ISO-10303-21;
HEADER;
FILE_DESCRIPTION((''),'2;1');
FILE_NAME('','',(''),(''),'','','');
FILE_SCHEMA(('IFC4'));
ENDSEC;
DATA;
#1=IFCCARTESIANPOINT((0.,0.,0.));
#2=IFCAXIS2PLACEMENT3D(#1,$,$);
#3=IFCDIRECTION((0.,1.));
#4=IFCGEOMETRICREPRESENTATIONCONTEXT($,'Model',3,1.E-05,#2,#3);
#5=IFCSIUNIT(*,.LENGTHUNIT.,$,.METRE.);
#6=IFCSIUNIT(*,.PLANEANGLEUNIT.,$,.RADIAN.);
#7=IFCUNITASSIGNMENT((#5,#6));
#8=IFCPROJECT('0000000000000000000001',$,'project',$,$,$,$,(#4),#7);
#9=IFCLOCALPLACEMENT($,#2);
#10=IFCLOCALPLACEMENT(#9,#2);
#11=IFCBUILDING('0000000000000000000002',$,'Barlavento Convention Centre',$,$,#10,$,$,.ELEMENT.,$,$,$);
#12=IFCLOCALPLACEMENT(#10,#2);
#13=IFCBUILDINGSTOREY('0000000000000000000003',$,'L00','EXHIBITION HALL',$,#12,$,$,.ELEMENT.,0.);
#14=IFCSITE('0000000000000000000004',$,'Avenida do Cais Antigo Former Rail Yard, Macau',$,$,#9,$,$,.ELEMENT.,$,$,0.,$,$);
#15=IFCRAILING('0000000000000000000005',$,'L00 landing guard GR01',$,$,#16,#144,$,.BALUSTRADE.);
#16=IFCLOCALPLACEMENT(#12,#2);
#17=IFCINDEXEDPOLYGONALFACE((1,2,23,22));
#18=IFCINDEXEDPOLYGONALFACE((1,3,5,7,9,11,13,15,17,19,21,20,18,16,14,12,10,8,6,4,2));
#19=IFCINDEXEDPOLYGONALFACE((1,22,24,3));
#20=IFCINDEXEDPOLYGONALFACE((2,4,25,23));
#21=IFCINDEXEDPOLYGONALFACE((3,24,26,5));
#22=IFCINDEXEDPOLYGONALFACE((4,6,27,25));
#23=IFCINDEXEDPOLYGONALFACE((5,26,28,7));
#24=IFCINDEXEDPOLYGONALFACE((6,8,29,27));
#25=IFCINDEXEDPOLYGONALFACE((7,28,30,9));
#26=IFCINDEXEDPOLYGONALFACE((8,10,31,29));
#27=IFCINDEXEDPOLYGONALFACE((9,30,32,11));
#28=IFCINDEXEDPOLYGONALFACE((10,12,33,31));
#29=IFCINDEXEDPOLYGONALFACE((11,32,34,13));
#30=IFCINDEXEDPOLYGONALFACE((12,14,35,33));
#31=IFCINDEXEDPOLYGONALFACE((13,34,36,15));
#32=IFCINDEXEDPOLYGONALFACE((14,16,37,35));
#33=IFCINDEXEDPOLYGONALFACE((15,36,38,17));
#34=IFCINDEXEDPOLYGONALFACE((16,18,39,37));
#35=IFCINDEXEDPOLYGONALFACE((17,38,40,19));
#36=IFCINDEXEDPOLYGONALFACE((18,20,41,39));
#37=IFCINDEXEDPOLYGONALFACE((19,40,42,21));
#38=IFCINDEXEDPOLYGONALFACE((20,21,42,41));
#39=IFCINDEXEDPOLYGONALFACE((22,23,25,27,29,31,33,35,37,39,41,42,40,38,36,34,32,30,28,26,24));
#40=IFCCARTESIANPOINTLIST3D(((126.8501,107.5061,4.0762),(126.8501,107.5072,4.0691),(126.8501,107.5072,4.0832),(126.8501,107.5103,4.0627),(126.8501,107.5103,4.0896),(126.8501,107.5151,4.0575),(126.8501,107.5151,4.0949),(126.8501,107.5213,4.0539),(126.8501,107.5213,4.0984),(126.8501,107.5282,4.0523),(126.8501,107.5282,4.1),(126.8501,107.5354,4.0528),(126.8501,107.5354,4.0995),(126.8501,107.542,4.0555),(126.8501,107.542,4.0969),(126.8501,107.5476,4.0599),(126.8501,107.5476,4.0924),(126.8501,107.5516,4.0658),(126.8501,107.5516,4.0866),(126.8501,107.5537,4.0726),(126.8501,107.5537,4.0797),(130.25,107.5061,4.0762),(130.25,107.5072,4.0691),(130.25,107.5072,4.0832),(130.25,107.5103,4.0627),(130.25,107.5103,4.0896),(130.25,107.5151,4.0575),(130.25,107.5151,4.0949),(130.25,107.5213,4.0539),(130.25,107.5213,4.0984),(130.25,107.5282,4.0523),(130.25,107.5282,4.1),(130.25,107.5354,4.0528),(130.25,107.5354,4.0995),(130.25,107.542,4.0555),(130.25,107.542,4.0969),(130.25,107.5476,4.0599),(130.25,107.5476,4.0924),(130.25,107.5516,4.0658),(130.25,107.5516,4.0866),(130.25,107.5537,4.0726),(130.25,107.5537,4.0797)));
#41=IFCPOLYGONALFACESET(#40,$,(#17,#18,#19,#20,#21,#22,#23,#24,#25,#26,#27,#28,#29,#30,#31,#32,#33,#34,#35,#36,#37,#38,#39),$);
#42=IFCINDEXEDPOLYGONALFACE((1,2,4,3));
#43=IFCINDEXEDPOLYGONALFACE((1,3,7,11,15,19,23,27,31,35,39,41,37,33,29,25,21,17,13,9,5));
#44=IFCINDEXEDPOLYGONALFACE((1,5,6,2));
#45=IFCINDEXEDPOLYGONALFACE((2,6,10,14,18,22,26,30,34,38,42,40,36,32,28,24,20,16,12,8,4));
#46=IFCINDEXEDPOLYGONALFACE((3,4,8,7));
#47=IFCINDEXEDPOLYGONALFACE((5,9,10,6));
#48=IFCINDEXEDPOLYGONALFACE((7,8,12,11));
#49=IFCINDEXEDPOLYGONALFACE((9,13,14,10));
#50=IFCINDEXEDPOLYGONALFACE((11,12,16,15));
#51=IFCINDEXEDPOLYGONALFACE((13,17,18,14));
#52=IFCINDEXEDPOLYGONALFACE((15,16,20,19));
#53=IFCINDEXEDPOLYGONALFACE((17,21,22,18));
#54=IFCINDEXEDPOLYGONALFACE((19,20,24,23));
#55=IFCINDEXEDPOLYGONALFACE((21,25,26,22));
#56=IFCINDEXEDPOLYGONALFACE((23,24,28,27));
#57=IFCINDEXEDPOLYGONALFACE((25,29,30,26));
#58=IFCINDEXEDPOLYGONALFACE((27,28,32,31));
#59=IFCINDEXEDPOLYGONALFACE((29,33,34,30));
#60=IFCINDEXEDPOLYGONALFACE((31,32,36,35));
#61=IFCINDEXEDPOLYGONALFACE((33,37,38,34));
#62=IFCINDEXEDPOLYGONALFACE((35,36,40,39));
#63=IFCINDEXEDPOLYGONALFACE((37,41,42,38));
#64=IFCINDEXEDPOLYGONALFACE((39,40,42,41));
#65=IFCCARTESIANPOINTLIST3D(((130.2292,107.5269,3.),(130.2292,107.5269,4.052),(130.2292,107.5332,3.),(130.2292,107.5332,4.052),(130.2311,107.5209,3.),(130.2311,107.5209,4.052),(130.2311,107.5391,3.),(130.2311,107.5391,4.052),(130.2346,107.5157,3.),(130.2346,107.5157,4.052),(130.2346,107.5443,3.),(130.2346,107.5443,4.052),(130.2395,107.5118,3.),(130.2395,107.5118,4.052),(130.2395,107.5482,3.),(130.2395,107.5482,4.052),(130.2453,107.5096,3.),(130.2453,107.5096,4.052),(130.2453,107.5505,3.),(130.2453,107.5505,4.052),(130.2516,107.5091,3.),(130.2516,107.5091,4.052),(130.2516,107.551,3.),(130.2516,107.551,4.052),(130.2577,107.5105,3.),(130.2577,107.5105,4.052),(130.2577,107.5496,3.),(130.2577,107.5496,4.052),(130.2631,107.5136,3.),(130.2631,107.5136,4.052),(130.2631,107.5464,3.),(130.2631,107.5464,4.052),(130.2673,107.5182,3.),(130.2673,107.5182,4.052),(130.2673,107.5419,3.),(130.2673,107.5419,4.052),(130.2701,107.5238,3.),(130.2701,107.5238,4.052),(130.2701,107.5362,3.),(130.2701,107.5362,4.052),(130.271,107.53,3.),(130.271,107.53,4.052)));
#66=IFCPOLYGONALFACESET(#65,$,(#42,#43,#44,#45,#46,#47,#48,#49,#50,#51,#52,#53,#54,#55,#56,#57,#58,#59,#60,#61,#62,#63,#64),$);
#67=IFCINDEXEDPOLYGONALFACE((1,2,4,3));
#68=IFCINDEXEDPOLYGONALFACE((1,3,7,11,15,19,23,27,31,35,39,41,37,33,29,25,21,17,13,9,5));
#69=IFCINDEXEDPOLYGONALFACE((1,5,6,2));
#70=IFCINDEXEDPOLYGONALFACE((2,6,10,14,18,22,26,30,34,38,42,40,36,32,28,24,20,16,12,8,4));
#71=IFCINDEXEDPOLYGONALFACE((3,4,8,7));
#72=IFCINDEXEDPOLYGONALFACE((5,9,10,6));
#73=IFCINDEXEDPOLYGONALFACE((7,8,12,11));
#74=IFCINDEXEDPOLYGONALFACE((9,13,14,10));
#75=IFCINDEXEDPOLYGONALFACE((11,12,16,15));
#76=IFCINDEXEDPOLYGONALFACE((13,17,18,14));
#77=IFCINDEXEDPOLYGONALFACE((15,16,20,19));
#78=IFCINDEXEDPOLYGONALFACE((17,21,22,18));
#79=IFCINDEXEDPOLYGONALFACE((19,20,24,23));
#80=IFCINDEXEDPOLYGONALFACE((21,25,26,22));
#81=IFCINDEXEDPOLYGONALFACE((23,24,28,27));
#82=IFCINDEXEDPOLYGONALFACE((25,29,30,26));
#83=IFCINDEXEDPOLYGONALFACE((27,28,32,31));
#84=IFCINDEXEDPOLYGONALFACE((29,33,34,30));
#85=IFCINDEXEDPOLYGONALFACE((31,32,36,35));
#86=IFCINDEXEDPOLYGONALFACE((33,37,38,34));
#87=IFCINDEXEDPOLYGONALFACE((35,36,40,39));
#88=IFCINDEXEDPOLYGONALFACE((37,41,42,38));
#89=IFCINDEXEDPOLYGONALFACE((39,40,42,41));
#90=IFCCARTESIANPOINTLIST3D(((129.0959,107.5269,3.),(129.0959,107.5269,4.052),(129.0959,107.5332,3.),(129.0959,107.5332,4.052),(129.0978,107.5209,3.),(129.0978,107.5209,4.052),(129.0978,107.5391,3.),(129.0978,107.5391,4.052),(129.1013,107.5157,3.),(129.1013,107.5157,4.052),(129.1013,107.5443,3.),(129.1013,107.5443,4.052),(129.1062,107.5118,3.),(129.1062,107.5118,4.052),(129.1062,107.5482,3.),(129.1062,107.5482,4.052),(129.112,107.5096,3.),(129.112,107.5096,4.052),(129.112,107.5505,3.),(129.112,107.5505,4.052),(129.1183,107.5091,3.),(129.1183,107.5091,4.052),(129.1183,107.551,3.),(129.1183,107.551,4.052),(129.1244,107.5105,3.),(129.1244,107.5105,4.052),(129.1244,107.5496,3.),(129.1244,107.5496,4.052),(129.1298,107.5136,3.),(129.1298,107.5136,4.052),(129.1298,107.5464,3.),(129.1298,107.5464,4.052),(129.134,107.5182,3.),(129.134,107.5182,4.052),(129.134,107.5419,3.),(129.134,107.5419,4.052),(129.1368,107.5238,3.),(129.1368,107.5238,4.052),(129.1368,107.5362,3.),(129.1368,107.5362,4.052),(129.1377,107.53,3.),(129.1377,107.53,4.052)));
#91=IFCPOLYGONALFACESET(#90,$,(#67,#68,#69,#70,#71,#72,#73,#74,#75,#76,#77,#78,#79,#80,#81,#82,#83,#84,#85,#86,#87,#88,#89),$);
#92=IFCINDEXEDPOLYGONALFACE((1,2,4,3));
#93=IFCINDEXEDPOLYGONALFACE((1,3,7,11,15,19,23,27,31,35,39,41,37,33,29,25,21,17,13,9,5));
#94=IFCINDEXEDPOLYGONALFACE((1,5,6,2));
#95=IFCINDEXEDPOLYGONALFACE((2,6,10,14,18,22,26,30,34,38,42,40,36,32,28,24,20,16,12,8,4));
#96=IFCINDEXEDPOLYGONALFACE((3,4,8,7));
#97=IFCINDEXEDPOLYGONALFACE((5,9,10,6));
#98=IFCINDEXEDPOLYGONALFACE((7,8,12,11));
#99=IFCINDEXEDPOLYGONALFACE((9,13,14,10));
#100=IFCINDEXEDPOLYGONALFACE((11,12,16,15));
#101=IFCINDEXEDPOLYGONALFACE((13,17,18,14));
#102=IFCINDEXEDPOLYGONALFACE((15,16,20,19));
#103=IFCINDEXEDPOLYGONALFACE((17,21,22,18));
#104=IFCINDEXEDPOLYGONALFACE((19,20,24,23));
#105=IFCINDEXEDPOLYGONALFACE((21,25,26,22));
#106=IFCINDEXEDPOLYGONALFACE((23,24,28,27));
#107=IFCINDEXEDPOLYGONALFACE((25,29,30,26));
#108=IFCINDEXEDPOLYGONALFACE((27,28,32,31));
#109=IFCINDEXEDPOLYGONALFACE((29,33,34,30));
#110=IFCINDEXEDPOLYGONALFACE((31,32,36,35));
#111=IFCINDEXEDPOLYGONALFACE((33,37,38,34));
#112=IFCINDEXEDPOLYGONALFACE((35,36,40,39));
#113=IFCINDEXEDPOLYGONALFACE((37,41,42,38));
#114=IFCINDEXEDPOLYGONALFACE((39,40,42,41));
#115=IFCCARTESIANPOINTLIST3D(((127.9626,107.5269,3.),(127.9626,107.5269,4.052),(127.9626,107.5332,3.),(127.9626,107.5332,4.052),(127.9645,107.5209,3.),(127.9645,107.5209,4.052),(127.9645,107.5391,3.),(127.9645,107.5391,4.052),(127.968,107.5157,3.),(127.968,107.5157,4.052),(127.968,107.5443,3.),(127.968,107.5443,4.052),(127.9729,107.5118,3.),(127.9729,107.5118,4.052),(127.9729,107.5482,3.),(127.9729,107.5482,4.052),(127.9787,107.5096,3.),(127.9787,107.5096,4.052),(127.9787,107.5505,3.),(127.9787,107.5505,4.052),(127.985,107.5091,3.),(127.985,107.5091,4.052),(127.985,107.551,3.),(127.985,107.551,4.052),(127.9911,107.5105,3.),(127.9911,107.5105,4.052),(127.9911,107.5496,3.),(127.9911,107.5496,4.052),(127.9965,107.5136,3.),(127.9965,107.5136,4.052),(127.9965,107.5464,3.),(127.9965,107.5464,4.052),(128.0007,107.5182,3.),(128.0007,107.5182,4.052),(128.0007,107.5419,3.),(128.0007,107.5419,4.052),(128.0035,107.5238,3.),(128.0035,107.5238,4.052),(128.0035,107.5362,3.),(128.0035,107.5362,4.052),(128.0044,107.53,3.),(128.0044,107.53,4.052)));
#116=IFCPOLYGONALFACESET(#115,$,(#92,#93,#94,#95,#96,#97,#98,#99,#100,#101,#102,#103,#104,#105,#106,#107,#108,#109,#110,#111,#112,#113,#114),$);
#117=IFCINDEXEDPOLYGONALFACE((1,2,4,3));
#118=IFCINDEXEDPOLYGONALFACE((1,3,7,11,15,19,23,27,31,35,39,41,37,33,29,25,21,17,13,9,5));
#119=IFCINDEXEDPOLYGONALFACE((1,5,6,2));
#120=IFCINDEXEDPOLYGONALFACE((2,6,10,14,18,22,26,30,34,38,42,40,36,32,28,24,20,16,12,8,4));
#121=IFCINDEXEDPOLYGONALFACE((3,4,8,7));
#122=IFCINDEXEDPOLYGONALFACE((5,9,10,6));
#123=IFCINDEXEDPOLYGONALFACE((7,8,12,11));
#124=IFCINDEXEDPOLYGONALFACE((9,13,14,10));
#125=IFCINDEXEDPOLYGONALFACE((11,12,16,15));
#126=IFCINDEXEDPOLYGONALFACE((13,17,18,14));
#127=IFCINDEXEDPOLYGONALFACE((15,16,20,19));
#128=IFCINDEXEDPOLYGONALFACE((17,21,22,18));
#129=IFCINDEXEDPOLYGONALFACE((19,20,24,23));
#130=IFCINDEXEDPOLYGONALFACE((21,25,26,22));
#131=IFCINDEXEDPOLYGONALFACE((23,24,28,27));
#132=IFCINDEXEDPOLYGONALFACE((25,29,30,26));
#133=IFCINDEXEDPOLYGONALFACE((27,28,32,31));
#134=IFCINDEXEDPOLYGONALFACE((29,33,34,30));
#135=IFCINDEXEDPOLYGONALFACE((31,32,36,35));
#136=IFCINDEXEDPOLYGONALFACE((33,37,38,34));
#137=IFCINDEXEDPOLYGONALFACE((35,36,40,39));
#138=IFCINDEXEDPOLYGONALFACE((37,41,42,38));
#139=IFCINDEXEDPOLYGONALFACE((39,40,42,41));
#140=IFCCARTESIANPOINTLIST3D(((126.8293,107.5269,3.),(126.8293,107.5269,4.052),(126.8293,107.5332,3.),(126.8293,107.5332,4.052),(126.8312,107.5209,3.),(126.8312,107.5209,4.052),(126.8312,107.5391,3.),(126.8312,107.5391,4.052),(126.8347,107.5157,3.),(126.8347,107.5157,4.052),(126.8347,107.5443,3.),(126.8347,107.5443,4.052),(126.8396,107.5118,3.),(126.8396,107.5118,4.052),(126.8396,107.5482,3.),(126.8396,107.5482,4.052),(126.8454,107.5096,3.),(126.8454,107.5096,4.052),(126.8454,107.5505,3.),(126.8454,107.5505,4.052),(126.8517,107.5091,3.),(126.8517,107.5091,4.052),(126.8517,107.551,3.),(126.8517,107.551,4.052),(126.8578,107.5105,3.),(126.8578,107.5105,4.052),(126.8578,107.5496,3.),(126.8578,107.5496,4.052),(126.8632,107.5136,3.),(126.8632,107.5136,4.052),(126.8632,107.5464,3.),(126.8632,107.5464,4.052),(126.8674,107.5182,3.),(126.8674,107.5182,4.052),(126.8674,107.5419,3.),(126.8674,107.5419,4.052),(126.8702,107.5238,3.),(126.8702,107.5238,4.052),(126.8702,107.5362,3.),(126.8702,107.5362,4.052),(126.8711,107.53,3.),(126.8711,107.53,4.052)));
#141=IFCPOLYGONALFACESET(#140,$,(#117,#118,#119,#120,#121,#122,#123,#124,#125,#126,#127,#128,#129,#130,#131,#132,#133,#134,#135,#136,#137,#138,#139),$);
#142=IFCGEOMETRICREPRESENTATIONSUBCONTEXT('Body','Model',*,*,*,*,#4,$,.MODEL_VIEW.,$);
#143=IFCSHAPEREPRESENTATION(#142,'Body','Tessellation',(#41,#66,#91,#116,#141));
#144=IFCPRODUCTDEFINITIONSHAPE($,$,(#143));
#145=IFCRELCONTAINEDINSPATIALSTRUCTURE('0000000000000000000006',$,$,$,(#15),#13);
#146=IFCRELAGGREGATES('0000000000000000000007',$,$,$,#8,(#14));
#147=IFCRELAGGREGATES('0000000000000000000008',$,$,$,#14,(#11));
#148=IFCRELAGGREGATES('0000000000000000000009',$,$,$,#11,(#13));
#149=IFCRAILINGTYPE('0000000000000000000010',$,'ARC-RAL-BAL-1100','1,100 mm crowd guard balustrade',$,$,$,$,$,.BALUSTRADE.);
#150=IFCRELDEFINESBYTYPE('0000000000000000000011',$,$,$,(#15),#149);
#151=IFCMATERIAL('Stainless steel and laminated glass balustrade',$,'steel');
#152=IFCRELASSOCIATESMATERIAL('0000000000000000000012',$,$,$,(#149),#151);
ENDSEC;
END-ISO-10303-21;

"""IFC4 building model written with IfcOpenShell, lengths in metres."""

from ifc_helpers import new_model, si_unit, direction, frame, origin, origin_2d, place, context, subcontext, project, spatial, circle, extrude, material, type_object, element, save


model = new_model("IFC4")

# Units and contexts
model_context = context("Model", 3, precision=1e-05, world=origin(), true_north=direction((0.0, 1.0)))
body_context = subcontext(model_context, "Body", "Model", "MODEL_VIEW")
ifc_project = project(units=[si_unit("LENGTHUNIT", "METRE"), si_unit("PLANEANGLEUNIT", "RADIAN")], contexts=[model_context])

# Site, building, storey
site_placement = place(None, origin())
site = spatial("IfcSite", under=ifc_project, at=site_placement, Name="Avenida do Cais Antigo Former Rail Yard, Macau", CompositionType="ELEMENT", RefElevation=0.0)
building_placement = place(site_placement, origin())
building = spatial("IfcBuilding", under=site, at=building_placement, Name="Barlavento Convention Centre", CompositionType="ELEMENT")
storey_placement = place(building_placement, origin())
storey = spatial("IfcBuildingStorey", under=building, at=storey_placement, Name="L00", Description="EXHIBITION HALL", CompositionType="ELEMENT", Elevation=0.0)

# Railing
ifc_material_1 = material(Name="Stainless steel and laminated glass balustrade", Category="steel")
railing_type = type_object("IfcRailingType", Name="ARC-RAL-BAL-1100", Description="1,100 mm crowd guard balustrade", PredefinedType="BALUSTRADE", material=ifc_material_1)
for number, where, name in (
    (1, (130.25, 107.53, 3.0), "L00 landing guard GR01"),
):
    element("IfcRailing", number, at=place(storey_placement, frame(where)), inside=storey, type_object=railing_type, Name=name, PredefinedType="BALUSTRADE", context=body_context, shape_type="SweptSolid", body=[
        extrude(circle(Radius=0.0239, at=origin_2d()), frame((0.0, 0.0, 1.0762), z_axis=(-1.0, 0.0, 0.0), x_axis=(0.0, -1.0, 0.0)), (0.0, 0.0, 1.0), 3.3999),
        extrude(circle(Radius=0.021, at=origin_2d()), origin(), (0.0, 0.0, 1.0), 1.052),
        extrude(circle(Radius=0.021, at=origin_2d()), frame((-1.1333, 0.0, 0.0)), (0.0, 0.0, 1.0), 1.052),
        extrude(circle(Radius=0.021, at=origin_2d()), frame((-2.2666, 0.0, 0.0)), (0.0, 0.0, 1.0), 1.052),
        extrude(circle(Radius=0.021, at=origin_2d()), frame((-3.3999, 0.0, 0.0)), (0.0, 0.0, 1.0), 1.052),
    ])

save(model, "model.ifc")
